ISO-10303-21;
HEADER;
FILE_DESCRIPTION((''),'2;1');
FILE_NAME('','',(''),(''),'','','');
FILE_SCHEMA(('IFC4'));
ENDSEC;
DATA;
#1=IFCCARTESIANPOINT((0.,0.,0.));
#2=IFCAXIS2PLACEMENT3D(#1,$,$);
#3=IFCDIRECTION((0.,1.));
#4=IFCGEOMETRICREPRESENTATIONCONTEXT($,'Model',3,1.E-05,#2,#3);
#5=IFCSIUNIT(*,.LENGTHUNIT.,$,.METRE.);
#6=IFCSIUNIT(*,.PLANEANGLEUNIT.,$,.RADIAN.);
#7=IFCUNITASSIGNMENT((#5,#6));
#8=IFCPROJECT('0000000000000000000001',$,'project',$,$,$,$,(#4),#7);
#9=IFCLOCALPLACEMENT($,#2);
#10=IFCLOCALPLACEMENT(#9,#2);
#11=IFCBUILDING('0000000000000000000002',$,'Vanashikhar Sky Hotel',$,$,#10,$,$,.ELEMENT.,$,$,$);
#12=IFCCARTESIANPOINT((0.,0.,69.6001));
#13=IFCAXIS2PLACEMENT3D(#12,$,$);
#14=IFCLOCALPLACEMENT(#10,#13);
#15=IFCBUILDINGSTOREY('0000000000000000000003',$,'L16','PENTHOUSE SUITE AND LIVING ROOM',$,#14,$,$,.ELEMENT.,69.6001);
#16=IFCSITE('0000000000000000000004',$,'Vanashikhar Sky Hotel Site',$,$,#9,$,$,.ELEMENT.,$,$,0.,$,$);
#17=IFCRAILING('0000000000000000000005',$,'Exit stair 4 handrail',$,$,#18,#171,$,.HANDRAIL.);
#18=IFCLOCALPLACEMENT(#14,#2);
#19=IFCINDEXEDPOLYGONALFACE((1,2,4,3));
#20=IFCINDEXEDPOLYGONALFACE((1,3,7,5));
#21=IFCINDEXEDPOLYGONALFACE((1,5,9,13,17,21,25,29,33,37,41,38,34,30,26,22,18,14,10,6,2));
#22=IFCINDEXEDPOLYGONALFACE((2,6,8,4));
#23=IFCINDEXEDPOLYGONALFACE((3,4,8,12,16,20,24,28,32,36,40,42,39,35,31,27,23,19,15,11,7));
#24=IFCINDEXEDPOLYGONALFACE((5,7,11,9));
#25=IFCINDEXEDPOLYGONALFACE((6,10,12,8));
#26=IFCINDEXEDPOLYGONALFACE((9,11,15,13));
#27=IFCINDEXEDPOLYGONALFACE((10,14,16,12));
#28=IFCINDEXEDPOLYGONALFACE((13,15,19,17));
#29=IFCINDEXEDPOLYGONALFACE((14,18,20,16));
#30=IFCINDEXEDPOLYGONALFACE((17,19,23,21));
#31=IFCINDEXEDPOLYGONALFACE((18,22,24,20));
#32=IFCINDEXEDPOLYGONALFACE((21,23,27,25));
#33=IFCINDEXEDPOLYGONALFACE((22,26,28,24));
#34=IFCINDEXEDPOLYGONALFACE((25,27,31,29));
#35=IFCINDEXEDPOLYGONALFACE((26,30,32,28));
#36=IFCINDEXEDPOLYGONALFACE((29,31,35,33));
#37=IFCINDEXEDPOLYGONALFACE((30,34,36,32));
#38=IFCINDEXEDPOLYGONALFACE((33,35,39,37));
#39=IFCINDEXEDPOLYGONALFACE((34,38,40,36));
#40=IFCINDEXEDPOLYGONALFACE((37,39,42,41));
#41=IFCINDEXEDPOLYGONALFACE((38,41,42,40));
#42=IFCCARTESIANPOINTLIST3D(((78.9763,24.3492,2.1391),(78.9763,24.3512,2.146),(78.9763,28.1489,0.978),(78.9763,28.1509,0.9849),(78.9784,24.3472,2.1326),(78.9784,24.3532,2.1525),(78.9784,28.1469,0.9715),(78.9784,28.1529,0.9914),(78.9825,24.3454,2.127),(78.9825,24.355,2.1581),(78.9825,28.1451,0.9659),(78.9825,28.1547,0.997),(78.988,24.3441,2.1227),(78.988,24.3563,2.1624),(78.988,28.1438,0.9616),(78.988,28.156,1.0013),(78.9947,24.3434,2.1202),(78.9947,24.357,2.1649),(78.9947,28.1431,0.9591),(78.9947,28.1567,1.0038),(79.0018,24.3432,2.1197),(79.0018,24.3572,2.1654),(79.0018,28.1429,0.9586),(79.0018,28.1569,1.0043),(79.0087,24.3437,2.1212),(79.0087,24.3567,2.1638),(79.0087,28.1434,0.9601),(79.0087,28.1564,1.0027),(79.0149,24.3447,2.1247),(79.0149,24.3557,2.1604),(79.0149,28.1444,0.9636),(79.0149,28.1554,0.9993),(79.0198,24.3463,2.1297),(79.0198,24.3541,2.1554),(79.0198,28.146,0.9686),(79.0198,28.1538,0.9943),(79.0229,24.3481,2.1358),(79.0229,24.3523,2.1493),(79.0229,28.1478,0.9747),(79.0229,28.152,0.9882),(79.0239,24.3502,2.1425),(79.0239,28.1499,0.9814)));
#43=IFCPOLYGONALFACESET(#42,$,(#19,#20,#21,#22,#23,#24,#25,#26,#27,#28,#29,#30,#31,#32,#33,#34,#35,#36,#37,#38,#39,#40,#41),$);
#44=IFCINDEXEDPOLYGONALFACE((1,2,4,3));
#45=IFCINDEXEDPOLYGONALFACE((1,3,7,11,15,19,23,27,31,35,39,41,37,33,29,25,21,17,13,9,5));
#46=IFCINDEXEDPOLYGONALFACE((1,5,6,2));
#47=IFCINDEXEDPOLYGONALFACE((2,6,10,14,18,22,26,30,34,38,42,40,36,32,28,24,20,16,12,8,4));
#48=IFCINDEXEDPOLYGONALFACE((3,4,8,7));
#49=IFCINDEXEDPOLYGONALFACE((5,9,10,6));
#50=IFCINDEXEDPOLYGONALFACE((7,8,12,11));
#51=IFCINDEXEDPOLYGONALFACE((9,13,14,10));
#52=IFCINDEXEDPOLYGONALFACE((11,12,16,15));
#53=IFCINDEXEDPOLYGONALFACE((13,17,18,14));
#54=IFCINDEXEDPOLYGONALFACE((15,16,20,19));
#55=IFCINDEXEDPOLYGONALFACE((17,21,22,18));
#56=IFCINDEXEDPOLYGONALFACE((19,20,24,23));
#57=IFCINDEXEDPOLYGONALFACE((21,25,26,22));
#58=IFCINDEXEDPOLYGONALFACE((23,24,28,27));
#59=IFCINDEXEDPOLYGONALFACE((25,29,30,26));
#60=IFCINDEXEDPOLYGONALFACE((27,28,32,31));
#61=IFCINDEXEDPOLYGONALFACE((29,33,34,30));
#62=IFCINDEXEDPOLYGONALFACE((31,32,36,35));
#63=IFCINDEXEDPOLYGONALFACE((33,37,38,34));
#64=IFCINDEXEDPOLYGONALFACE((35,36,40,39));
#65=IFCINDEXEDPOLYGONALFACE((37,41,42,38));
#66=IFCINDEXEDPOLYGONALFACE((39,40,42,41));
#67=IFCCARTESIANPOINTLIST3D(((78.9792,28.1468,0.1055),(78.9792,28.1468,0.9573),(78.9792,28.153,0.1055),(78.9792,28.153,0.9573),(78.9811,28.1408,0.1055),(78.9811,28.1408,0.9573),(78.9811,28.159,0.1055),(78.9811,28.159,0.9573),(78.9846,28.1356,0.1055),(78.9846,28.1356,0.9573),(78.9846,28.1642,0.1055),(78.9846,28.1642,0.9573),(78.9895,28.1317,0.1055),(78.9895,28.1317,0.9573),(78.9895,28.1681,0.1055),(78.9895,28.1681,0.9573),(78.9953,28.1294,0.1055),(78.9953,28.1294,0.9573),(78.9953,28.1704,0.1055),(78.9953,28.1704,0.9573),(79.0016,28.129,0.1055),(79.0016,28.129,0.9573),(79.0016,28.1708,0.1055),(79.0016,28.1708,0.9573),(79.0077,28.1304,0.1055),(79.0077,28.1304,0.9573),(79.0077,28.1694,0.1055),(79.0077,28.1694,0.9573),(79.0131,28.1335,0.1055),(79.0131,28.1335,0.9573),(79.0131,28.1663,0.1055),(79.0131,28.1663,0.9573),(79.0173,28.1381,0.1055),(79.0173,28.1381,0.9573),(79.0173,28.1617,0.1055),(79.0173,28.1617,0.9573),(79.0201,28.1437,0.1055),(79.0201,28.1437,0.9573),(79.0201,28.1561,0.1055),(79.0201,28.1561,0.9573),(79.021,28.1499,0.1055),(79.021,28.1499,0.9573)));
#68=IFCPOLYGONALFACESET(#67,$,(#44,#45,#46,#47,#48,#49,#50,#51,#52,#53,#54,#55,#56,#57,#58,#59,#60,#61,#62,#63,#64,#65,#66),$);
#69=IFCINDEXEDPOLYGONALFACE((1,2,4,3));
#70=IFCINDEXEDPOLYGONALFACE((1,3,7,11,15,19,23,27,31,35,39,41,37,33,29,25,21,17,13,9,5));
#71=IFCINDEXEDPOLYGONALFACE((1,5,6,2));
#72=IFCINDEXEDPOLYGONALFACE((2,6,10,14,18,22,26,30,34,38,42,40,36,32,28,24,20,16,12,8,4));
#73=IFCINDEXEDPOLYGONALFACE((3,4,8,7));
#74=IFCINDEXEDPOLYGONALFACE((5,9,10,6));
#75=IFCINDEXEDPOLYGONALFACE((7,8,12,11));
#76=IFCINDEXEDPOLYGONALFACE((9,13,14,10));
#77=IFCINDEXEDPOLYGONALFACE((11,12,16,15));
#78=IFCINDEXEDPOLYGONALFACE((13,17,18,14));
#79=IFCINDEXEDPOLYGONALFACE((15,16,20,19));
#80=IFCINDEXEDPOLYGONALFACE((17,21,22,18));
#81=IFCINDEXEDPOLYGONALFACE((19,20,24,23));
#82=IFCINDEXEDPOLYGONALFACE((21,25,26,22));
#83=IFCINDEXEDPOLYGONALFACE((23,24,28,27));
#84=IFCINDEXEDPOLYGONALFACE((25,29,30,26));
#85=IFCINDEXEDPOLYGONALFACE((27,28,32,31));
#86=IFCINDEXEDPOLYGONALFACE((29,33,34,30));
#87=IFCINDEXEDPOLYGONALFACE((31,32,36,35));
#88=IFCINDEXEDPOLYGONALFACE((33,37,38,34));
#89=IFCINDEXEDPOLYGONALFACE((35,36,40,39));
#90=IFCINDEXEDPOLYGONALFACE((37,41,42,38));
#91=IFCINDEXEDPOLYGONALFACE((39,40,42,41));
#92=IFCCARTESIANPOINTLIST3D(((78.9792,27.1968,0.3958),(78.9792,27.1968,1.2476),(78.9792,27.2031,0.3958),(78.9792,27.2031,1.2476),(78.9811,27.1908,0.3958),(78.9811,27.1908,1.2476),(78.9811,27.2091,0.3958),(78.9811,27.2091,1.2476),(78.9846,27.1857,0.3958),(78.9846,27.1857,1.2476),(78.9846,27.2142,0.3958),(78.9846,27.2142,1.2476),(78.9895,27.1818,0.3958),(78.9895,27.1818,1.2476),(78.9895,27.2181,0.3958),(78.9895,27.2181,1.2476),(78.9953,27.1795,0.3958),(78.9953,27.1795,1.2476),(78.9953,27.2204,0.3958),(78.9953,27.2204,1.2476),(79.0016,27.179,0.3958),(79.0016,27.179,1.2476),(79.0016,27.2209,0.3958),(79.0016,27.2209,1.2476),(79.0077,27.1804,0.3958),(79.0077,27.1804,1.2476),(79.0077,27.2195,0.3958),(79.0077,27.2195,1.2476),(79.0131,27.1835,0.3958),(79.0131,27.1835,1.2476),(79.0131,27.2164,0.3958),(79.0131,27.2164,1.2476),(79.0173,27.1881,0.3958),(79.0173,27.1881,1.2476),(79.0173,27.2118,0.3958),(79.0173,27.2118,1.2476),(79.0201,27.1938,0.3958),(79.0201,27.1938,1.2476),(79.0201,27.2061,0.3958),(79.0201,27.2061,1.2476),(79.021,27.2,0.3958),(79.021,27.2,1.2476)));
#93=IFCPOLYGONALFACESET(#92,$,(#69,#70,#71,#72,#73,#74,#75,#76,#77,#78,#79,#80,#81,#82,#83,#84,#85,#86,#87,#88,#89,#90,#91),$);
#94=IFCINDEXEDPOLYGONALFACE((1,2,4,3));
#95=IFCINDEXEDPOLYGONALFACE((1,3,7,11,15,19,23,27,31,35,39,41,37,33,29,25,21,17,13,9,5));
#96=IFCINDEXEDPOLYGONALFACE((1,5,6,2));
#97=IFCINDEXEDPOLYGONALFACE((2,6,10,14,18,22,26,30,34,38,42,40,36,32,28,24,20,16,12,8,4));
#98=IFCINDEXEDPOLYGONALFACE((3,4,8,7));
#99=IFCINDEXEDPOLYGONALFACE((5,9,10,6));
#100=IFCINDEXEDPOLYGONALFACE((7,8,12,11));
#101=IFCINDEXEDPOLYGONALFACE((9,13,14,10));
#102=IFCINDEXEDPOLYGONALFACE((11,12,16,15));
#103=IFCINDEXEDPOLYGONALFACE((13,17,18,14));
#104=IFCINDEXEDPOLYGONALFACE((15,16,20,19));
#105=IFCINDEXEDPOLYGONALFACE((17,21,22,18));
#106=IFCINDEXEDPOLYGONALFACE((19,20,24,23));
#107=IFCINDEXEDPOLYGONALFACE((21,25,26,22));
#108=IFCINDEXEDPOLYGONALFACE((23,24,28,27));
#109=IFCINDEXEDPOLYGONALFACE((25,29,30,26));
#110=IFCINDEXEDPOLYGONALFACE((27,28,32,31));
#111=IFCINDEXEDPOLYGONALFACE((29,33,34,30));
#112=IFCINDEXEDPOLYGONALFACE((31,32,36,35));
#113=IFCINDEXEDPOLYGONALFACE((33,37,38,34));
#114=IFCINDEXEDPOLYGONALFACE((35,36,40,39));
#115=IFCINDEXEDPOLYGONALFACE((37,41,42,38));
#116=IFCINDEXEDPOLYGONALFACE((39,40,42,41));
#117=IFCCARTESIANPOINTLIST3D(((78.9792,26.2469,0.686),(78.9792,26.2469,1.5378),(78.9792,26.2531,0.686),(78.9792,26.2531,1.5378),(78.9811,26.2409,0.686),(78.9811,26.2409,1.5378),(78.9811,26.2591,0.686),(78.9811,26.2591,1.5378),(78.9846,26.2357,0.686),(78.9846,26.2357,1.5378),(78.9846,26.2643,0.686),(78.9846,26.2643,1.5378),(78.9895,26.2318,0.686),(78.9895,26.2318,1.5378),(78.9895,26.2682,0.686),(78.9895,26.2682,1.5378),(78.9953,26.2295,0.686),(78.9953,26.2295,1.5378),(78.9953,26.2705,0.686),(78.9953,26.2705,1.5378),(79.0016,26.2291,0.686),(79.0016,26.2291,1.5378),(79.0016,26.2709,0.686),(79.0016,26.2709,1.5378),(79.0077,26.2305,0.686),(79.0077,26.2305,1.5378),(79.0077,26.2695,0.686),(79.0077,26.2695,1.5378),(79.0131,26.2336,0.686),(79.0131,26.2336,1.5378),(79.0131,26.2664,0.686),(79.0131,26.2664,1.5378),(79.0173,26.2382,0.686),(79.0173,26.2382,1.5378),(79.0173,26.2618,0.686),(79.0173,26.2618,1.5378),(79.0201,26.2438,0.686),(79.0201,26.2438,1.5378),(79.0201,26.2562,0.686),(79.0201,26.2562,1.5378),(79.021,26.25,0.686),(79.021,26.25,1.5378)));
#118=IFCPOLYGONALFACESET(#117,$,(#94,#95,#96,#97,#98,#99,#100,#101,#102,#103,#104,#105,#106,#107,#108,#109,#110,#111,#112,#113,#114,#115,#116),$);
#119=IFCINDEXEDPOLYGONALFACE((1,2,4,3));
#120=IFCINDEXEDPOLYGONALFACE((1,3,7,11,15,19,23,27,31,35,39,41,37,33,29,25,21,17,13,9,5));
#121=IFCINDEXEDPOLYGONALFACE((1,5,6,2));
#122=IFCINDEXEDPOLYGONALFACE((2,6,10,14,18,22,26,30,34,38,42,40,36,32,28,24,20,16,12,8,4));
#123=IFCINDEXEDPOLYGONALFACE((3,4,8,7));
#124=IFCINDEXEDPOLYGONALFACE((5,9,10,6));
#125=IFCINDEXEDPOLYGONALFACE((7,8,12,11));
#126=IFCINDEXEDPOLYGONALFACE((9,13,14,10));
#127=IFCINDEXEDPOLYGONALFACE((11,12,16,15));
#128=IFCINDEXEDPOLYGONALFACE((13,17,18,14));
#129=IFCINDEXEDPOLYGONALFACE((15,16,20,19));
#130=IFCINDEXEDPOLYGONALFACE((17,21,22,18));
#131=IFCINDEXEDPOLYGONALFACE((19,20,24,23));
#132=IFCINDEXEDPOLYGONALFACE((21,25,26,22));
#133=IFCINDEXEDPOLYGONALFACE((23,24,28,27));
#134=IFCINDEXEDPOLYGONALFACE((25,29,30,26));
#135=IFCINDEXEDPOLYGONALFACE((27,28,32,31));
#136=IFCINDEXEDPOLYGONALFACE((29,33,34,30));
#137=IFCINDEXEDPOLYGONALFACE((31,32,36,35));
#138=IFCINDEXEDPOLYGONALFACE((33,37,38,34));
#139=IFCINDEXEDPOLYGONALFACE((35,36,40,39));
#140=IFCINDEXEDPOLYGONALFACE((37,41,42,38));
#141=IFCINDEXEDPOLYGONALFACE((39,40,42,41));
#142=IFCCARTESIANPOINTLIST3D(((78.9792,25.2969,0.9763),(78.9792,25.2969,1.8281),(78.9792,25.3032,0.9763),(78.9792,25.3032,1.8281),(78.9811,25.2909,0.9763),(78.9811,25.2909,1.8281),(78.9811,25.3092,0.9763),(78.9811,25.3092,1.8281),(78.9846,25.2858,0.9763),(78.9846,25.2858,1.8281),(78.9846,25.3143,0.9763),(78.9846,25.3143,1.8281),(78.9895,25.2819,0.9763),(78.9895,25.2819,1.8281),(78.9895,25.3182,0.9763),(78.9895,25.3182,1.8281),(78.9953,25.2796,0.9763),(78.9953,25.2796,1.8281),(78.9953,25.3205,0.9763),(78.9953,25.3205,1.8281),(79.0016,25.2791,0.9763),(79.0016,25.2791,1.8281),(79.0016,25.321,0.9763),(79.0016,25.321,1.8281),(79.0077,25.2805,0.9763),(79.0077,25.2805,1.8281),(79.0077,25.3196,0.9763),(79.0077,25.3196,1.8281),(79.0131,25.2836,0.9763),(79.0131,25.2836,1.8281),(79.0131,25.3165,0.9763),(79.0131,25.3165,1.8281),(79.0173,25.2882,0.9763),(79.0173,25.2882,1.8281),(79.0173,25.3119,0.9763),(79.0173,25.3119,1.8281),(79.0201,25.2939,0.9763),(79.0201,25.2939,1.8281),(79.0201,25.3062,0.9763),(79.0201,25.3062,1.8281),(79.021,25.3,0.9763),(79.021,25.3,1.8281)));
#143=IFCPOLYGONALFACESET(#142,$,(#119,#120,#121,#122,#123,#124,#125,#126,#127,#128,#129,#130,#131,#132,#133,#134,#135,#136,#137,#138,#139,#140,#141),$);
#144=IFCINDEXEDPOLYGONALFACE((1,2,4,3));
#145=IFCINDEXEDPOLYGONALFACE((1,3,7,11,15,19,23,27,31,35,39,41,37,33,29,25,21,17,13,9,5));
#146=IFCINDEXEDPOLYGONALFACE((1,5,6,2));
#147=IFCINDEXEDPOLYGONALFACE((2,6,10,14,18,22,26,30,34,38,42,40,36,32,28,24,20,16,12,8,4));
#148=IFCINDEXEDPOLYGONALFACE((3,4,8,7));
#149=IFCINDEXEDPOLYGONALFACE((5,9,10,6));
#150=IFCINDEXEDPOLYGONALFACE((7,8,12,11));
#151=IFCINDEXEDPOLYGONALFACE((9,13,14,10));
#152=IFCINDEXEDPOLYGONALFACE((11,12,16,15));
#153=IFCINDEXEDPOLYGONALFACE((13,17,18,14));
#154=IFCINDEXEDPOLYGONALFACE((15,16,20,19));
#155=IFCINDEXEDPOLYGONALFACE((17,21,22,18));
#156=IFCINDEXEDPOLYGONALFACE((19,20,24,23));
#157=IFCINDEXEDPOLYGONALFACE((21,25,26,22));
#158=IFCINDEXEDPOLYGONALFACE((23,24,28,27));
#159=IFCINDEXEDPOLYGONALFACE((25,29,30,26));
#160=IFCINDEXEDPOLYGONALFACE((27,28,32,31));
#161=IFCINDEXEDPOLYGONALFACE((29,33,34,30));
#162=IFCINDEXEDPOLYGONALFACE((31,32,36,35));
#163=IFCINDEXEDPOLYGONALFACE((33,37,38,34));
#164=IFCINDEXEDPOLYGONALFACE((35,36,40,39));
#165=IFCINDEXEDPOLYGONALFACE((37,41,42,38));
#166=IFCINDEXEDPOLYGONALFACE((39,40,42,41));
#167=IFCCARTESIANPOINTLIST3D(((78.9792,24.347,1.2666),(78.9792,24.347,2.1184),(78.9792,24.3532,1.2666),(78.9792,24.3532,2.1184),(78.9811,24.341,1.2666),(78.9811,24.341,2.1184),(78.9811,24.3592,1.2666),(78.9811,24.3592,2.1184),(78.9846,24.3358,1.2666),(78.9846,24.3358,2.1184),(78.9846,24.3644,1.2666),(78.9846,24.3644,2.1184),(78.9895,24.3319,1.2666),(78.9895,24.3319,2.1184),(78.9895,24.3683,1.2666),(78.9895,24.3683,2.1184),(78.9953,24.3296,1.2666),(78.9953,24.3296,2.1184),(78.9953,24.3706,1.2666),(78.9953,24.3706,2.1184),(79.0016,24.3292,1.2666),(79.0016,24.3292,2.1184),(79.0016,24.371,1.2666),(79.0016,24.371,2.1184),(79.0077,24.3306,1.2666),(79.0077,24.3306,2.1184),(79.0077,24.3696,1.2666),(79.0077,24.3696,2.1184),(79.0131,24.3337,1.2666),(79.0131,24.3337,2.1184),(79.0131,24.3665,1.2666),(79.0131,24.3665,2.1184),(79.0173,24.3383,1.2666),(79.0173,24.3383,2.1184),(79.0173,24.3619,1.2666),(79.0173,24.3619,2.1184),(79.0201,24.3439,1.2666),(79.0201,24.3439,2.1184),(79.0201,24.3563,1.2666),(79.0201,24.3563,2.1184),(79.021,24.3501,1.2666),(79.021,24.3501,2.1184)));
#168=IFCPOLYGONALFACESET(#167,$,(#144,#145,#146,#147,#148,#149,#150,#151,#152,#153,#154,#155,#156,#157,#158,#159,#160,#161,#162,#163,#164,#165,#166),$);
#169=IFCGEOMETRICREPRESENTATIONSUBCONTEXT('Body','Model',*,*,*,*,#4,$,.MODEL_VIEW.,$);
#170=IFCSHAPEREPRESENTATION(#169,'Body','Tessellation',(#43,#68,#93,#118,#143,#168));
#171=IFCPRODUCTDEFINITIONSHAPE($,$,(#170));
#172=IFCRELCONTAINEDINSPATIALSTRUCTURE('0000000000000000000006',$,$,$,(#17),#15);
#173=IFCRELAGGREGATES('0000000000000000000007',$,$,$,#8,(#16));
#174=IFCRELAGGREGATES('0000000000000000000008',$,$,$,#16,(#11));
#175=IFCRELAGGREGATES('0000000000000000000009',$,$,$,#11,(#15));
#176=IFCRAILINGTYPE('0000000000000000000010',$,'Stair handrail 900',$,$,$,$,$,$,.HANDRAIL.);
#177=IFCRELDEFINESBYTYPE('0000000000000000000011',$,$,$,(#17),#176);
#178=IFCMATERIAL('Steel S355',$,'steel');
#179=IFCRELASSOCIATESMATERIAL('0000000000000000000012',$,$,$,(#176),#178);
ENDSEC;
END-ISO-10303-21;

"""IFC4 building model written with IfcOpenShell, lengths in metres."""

from ifc_helpers import new_model, si_unit, direction, frame, origin, origin_2d, place, context, subcontext, project, spatial, circle, extrude, source, transform, mapped, material, type_object, element, save


model = new_model("IFC4")

# Units and contexts
model_context = context("Model", 3, precision=1e-05, world=origin(), true_north=direction((0.0, 1.0)))
body_context = subcontext(model_context, "Body", "Model", "MODEL_VIEW")
ifc_project = project(units=[si_unit("LENGTHUNIT", "METRE"), si_unit("PLANEANGLEUNIT", "RADIAN")], contexts=[model_context])

# Site, building, storey
site_placement = place(None, origin())
site = spatial("IfcSite", under=ifc_project, at=site_placement, Name="Vanashikhar Sky Hotel Site", CompositionType="ELEMENT", RefElevation=0.0)
building_placement = place(site_placement, origin())
building = spatial("IfcBuilding", under=site, at=building_placement, Name="Vanashikhar Sky Hotel", CompositionType="ELEMENT")
storey_placement = place(building_placement, frame((0.0, 0.0, 69.6001)))
storey = spatial("IfcBuildingStorey", under=building, at=storey_placement, Name="L16", Description="PENTHOUSE SUITE AND LIVING ROOM", CompositionType="ELEMENT", Elevation=69.6001)

# Railing
ifc_material_1 = material(Name="Steel S355", Category="steel")
railing_type_1 = type_object("IfcRailingType", Name="Stair handrail 900", PredefinedType="HANDRAIL", material=ifc_material_1)
shared_shape_1 = source(origin(), body_context, "Body", "SweptSolid", [
    extrude(circle(Radius=0.0239, at=origin_2d()), frame((0.0, 0.0, 0.876), z_axis=(0.0, -0.956346, 0.292237), x_axis=(1.0, 0.0, 0.0)), (0.0, 0.0, 1.0), 3.9731),
    extrude(circle(Radius=0.021, at=origin_2d()), origin(), (0.0, 0.0, 1.0), 0.8518),
    extrude(circle(Radius=0.021, at=origin_2d()), frame((0.0, -0.95, 0.2903)), (0.0, 0.0, 1.0), 0.8518),
    extrude(circle(Radius=0.021, at=origin_2d()), frame((0.0, -1.8999, 0.5806)), (0.0, 0.0, 1.0), 0.8518),
    extrude(circle(Radius=0.021, at=origin_2d()), frame((0.0, -2.8499, 0.8708)), (0.0, 0.0, 1.0), 0.8518),
    extrude(circle(Radius=0.021, at=origin_2d()), frame((0.0, -3.7998, 1.1611)), (0.0, 0.0, 1.0), 0.8518),
])
for number, where, name in (
    (1, (79.0, 28.1499, 0.1055), "Exit stair 4 handrail"),
):
    element("IfcRailing", number, at=place(storey_placement, frame(where)), inside=storey, type_object=railing_type_1, Name=name, PredefinedType="HANDRAIL", context=body_context, shape_type="MappedRepresentation", body=[
        mapped(shared_shape_1, transform((0.0, 0.0, 0.0), scale=1.0)),
    ])

save(model, "model.ifc")
